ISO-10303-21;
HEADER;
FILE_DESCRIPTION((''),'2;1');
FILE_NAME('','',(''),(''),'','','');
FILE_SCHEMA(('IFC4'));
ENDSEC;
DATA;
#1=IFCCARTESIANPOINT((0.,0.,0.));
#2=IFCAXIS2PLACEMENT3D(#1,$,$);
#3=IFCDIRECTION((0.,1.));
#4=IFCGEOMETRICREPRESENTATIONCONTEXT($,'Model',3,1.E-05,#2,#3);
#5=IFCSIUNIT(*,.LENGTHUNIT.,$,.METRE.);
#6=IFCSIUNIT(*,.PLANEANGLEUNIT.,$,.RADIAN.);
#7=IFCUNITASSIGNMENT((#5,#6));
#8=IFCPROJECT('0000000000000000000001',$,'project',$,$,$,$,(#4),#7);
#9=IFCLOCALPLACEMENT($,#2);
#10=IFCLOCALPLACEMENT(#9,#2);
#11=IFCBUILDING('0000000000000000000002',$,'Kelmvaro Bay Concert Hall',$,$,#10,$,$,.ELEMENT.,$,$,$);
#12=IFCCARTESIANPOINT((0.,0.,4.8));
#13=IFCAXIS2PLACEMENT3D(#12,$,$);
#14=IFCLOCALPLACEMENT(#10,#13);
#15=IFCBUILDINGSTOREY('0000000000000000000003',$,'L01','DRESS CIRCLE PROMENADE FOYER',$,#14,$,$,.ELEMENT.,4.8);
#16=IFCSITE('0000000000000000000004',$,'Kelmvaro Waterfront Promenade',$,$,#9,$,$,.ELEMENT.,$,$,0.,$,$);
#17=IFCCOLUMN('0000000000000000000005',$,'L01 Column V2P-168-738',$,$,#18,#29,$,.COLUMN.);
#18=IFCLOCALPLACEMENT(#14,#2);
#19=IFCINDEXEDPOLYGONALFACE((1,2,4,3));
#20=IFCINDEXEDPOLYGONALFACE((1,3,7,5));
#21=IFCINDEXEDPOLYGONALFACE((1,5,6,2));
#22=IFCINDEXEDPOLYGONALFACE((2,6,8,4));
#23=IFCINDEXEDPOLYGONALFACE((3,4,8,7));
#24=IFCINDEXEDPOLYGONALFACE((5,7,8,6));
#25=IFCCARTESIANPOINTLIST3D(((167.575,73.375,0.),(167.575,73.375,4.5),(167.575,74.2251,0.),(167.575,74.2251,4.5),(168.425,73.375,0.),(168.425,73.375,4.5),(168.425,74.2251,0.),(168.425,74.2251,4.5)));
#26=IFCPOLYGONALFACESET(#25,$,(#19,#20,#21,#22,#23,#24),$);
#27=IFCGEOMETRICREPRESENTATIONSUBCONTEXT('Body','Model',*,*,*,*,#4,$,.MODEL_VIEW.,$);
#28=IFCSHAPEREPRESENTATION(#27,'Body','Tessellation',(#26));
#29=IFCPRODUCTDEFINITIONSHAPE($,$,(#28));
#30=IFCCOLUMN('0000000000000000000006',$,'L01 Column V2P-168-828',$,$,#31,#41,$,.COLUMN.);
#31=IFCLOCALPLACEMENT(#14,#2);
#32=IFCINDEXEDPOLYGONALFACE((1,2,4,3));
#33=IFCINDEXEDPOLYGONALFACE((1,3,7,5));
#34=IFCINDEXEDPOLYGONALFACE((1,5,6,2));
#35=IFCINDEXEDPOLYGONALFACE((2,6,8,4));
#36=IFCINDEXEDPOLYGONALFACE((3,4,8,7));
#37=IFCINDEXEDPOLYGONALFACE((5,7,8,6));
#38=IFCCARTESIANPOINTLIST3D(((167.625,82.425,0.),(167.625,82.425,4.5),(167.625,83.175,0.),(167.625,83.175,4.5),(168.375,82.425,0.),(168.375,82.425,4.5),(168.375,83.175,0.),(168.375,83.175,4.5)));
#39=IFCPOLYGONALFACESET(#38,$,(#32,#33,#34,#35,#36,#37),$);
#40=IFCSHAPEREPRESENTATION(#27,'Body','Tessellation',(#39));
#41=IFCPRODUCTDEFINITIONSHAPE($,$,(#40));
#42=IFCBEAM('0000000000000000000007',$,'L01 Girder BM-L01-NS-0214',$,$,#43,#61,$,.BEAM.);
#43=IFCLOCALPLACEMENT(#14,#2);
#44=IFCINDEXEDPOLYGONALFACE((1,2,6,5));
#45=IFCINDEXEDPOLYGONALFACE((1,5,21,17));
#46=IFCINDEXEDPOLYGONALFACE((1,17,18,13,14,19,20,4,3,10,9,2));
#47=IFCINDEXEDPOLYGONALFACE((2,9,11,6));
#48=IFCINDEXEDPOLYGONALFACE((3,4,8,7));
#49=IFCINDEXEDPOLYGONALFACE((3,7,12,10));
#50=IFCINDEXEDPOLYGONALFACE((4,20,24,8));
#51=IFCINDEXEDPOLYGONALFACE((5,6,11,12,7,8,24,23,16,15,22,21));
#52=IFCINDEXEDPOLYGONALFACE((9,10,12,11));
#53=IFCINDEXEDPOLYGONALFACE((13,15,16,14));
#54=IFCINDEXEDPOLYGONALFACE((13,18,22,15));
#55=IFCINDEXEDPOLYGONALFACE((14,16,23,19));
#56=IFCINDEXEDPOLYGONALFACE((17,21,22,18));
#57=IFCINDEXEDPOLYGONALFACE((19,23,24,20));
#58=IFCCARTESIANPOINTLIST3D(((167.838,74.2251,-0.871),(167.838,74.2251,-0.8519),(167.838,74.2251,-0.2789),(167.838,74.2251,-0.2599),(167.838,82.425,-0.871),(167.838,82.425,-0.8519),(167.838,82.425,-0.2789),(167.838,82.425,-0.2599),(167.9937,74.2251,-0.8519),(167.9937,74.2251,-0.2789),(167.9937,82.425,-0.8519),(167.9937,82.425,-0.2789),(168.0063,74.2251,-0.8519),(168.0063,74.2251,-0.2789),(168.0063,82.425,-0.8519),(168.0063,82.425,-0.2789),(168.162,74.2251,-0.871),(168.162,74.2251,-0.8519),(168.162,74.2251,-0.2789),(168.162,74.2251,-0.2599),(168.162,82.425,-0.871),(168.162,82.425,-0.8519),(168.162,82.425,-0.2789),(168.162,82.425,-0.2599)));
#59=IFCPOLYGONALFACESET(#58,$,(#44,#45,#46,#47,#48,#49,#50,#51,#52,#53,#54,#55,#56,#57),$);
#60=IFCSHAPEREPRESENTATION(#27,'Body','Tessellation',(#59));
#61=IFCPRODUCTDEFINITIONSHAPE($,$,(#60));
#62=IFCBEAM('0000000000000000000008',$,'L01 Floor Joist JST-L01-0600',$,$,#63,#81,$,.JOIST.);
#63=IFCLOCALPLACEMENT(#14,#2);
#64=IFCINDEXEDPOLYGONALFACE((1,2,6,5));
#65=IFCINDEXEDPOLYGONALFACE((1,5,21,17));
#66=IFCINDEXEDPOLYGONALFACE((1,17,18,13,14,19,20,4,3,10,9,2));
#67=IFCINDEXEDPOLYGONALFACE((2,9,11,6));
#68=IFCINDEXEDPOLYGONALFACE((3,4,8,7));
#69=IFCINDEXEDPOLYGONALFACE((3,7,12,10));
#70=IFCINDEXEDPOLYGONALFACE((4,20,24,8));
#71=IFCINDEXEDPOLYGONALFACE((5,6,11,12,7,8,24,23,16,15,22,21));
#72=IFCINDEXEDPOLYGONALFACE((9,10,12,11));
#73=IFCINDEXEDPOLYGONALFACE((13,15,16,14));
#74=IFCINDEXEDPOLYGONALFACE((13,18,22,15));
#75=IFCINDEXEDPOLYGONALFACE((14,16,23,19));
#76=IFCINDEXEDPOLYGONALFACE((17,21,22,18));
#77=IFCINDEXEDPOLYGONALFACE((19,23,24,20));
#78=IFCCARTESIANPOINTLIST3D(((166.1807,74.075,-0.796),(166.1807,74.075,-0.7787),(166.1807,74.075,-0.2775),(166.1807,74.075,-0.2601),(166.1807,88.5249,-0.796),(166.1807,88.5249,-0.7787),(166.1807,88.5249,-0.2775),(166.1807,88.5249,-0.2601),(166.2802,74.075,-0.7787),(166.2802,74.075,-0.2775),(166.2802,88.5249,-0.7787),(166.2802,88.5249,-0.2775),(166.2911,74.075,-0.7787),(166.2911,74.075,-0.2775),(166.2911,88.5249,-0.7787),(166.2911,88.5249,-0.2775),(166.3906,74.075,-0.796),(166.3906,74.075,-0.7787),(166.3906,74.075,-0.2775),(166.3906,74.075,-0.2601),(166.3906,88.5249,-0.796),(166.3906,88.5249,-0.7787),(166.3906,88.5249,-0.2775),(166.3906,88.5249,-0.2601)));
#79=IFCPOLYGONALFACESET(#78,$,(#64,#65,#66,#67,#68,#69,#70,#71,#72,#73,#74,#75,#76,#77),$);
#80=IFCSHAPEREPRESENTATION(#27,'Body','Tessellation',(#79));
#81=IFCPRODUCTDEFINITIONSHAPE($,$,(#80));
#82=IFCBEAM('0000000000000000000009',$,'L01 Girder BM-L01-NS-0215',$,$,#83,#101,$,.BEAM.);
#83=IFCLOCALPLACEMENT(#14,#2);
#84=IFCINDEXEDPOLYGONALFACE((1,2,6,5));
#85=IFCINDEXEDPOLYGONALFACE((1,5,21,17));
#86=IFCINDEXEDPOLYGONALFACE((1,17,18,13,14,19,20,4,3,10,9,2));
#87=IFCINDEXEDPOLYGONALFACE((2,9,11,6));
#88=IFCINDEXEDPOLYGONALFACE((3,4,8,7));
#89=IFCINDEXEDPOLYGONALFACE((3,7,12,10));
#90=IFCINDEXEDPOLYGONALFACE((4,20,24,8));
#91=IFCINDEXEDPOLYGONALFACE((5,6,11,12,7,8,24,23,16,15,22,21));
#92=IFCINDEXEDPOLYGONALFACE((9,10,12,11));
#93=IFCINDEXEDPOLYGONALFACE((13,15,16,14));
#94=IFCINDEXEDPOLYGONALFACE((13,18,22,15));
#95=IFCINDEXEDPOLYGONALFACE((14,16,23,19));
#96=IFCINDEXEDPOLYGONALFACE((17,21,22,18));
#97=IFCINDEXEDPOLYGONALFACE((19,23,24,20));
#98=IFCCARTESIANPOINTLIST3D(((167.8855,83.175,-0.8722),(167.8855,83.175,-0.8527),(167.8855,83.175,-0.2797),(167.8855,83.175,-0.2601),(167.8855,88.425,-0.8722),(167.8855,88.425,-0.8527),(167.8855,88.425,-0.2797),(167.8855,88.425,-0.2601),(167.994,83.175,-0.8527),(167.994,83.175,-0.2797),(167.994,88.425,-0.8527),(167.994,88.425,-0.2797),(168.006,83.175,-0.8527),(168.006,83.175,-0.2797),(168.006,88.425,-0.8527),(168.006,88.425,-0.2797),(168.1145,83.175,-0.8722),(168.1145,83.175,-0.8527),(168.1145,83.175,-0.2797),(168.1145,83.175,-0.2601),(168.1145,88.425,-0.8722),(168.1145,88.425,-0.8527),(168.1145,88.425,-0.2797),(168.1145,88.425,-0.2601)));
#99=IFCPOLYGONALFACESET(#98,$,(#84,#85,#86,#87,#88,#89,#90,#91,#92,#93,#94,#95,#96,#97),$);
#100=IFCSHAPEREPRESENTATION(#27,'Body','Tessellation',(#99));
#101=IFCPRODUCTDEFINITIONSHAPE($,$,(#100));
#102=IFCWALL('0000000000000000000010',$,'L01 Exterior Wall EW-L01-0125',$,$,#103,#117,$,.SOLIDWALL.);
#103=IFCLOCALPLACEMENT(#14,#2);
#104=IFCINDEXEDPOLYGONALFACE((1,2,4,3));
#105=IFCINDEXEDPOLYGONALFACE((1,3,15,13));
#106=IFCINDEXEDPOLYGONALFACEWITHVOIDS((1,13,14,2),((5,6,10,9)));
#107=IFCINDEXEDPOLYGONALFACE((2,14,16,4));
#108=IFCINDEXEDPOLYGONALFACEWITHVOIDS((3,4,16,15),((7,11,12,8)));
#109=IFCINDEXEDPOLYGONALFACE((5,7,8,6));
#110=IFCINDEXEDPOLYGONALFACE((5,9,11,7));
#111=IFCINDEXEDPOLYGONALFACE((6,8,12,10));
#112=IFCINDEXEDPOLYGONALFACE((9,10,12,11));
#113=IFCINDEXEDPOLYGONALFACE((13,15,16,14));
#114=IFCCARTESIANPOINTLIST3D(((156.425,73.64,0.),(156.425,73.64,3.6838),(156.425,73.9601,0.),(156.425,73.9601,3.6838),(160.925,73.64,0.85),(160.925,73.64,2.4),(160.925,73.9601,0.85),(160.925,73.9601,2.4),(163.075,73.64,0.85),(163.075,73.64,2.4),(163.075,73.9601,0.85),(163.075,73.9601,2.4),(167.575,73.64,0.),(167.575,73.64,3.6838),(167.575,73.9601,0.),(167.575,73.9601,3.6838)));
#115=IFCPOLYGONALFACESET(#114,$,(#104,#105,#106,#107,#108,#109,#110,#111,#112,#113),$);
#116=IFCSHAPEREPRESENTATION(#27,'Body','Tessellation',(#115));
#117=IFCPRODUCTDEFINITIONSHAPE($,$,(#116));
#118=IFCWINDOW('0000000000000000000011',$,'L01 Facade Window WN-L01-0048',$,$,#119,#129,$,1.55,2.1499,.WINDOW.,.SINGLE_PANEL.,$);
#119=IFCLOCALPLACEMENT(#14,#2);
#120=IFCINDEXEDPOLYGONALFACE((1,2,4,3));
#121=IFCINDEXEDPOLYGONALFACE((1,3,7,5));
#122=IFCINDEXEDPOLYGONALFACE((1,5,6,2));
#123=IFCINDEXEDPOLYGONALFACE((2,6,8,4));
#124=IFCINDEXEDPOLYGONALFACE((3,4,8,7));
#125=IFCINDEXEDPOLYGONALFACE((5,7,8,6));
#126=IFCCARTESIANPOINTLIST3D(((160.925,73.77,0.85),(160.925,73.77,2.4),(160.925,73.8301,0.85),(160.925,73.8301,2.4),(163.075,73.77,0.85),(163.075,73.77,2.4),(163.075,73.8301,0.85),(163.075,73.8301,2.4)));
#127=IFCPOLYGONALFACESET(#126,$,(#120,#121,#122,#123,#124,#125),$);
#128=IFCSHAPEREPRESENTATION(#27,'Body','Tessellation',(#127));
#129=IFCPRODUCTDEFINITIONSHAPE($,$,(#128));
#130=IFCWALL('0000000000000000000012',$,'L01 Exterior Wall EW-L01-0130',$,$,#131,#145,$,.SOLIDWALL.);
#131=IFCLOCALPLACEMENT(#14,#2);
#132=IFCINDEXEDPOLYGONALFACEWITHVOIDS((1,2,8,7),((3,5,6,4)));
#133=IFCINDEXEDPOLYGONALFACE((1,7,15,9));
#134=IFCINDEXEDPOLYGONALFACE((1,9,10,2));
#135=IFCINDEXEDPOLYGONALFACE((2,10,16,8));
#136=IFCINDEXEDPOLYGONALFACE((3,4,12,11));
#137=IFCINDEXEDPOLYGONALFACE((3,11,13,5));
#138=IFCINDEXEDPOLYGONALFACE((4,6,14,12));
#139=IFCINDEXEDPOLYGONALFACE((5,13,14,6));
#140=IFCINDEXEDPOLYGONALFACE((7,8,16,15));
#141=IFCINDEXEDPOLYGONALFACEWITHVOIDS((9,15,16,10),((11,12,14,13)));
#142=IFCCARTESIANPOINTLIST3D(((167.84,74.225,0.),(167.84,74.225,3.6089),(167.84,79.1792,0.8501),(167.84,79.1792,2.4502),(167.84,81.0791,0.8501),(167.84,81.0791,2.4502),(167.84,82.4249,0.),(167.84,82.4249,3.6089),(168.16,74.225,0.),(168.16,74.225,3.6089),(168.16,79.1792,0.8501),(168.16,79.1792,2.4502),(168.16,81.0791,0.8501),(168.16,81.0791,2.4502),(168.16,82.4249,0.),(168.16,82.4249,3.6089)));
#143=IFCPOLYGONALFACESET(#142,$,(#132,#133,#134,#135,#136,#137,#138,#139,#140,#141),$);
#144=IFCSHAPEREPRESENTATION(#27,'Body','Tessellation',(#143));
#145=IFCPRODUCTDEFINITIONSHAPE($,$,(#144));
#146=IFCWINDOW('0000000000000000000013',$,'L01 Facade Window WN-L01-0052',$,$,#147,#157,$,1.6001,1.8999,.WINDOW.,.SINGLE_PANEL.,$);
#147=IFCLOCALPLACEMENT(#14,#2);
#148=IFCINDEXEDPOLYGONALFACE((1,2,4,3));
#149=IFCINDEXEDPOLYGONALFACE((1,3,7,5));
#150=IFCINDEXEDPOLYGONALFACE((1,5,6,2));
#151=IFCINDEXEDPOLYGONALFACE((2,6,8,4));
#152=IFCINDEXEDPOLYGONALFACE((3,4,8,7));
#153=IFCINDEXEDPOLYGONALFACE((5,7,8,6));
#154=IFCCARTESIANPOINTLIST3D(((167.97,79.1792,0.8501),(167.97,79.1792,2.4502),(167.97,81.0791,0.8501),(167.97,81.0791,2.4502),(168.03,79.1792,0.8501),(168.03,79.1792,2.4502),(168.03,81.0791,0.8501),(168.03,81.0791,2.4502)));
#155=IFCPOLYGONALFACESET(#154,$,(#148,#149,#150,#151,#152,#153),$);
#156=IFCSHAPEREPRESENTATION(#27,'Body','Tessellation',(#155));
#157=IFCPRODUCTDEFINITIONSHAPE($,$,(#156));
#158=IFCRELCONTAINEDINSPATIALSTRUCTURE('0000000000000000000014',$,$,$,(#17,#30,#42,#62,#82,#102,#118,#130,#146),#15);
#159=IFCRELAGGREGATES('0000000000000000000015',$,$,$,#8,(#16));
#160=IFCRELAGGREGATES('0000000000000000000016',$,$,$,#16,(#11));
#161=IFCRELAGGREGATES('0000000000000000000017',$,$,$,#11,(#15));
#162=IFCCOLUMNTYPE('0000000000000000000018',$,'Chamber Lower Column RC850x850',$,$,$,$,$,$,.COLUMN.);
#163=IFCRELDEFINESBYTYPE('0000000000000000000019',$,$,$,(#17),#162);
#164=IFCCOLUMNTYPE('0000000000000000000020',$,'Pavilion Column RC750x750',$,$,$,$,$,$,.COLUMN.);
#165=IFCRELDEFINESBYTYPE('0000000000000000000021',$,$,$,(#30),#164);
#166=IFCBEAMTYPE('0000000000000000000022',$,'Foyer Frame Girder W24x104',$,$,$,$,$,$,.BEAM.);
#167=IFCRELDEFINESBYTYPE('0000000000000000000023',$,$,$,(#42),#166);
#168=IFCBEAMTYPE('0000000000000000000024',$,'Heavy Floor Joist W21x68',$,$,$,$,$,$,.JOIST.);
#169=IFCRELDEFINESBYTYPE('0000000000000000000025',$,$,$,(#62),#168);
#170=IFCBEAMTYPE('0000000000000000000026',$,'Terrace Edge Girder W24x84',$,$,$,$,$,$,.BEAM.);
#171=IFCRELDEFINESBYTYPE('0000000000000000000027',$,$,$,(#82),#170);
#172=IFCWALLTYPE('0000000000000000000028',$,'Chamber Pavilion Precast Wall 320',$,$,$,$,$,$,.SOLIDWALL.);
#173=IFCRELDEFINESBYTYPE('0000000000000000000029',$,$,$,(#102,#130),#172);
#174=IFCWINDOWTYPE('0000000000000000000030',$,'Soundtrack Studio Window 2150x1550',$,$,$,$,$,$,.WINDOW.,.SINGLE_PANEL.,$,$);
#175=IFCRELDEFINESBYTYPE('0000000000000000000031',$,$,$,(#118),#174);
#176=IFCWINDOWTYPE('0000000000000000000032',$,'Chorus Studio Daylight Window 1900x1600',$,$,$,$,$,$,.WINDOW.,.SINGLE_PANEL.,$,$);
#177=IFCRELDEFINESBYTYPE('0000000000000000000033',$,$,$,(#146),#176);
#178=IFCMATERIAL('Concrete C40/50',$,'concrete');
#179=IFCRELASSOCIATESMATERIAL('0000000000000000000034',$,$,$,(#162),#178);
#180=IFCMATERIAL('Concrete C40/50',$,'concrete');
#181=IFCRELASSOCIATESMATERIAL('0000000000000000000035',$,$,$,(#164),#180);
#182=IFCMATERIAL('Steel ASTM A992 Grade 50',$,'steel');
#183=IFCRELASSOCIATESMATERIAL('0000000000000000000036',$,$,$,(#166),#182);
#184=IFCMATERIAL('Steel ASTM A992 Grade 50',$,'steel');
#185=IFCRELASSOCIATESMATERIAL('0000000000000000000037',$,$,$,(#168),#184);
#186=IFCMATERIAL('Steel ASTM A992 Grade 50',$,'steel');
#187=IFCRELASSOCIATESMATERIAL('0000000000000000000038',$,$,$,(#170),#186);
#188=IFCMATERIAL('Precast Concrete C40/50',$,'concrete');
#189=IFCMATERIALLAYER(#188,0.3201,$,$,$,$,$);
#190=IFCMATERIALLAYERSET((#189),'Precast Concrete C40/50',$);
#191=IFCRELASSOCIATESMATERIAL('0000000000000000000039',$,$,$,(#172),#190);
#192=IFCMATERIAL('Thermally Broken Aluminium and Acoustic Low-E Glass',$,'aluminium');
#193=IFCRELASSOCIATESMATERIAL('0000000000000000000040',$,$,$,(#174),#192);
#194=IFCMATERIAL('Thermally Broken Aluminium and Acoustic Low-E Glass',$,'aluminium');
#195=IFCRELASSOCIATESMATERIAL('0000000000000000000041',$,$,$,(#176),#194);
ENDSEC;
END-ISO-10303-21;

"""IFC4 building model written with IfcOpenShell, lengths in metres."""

from ifc_helpers import new_model, si_unit, direction, frame, frame_2d, origin, origin_2d, place, context, subcontext, project, spatial, rectangle, i_section, extrude, material, layer, layer_set, material_profile, profile_set, type_object, element, fill, save


model = new_model("IFC4")

# Units and contexts
model_context = context("Model", 3, precision=1e-05, world=origin(), true_north=direction((0.0, 1.0)))
body_context = subcontext(model_context, "Body", "Model", "MODEL_VIEW")
ifc_project = project(units=[si_unit("LENGTHUNIT", "METRE"), si_unit("PLANEANGLEUNIT", "RADIAN")], contexts=[model_context])

# Site, building, storey
site_placement = place(None, origin())
site = spatial("IfcSite", under=ifc_project, at=site_placement, Name="Kelmvaro Waterfront Promenade", CompositionType="ELEMENT", RefElevation=0.0)
building_placement = place(site_placement, origin())
building = spatial("IfcBuilding", under=site, at=building_placement, Name="Kelmvaro Bay Concert Hall", CompositionType="ELEMENT")
storey_placement = place(building_placement, frame((0.0, 0.0, 4.8)))
storey = spatial("IfcBuildingStorey", under=building, at=storey_placement, Name="L01", Description="DRESS CIRCLE PROMENADE FOYER", CompositionType="ELEMENT", Elevation=4.8)

# Columns
ifc_material_1 = material(Name="Concrete C40/50", Category="concrete")
ifc_material_profile_1 = material_profile(ifc_material_1, rectangle(XDim=0.8501, YDim=0.8501, at=origin_2d()), Name="RC-COL-850X850")
ifc_profile_set_1 = profile_set([ifc_material_profile_1], Name="Concrete C40/50")
column_type_1 = type_object("IfcColumnType", Name="Chamber Lower Column RC850x850", PredefinedType="COLUMN", material=ifc_profile_set_1)
column_1_placement = place(storey_placement, frame((168.0, 73.8, 0.0), z_axis=(0.0, 0.0, 1.0), x_axis=(1.0, 0.0, 0.0)))
element("IfcColumn", 1, at=column_1_placement, inside=storey, type_object=column_type_1, Name="L01 Column V2P-168-738", PredefinedType="COLUMN", context=body_context, shape_type="SweptSolid", body=[
    extrude(rectangle(XDim=0.8501, YDim=0.8501, at=origin_2d()), origin(), (0.0, 0.0, 1.0), 4.5),
])
ifc_material_2 = material(Name="Concrete C40/50", Category="concrete")
ifc_material_profile_2 = material_profile(ifc_material_2, rectangle(XDim=0.75, YDim=0.75, at=origin_2d()), Name="RC-COL-750X750")
ifc_profile_set_2 = profile_set([ifc_material_profile_2], Name="Concrete C40/50")
column_type_2 = type_object("IfcColumnType", Name="Pavilion Column RC750x750", PredefinedType="COLUMN", material=ifc_profile_set_2)
column_2_placement = place(storey_placement, frame((168.0, 82.8, 0.0), z_axis=(0.0, 0.0, 1.0), x_axis=(1.0, 0.0, 0.0)))
element("IfcColumn", 2, at=column_2_placement, inside=storey, type_object=column_type_2, Name="L01 Column V2P-168-828", PredefinedType="COLUMN", context=body_context, shape_type="SweptSolid", body=[
    extrude(rectangle(XDim=0.75, YDim=0.75, at=origin_2d()), origin(), (0.0, 0.0, 1.0), 4.5),
])

# Beams
ifc_material_3 = material(Name="Steel ASTM A992 Grade 50", Category="steel")
ifc_material_profile_3 = material_profile(ifc_material_3, i_section(OverallWidth=0.324, OverallDepth=0.6111, WebThickness=0.0127, FlangeThickness=0.019, at=origin_2d()), Name="W24X104")
ifc_profile_set_3 = profile_set([ifc_material_profile_3], Name="Steel ASTM A992 Grade 50")
beam_type_1 = type_object("IfcBeamType", Name="Foyer Frame Girder W24x104", PredefinedType="BEAM", material=ifc_profile_set_3)
beam_1_placement = place(storey_placement, frame((168.0, 74.2251, -0.5654), z_axis=(0.0, 1.0, 0.0), x_axis=(-1.0, 0.0, 0.0)))
element("IfcBeam", 3, at=beam_1_placement, inside=storey, type_object=beam_type_1, Name="L01 Girder BM-L01-NS-0214", PredefinedType="BEAM", context=body_context, shape_type="SweptSolid", body=[
    extrude(i_section(OverallWidth=0.324, OverallDepth=0.6111, WebThickness=0.0127, FlangeThickness=0.019, at=origin_2d()), origin(), (0.0, 0.0, 1.0), 8.2),
])
ifc_material_4 = material(Name="Steel ASTM A992 Grade 50", Category="steel")
ifc_material_profile_4 = material_profile(ifc_material_4, i_section(OverallWidth=0.21, OverallDepth=0.5359, WebThickness=0.011, FlangeThickness=0.0173, at=origin_2d()), Name="W21X68")
ifc_profile_set_4 = profile_set([ifc_material_profile_4], Name="Steel ASTM A992 Grade 50")
beam_type_2 = type_object("IfcBeamType", Name="Heavy Floor Joist W21x68", PredefinedType="JOIST", material=ifc_profile_set_4)
beam_2_placement = place(storey_placement, frame((166.2856, 74.075, -0.5281), z_axis=(0.0, 1.0, 0.0), x_axis=(-1.0, 0.0, 0.0)))
element("IfcBeam", 4, at=beam_2_placement, inside=storey, type_object=beam_type_2, Name="L01 Floor Joist JST-L01-0600", PredefinedType="JOIST", context=body_context, shape_type="SweptSolid", body=[
    extrude(i_section(OverallWidth=0.21, OverallDepth=0.5359, WebThickness=0.011, FlangeThickness=0.0173, at=origin_2d()), origin(), (0.0, 0.0, 1.0), 14.45),
])
ifc_material_5 = material(Name="Steel ASTM A992 Grade 50", Category="steel")
ifc_material_profile_5 = material_profile(ifc_material_5, i_section(OverallWidth=0.229, OverallDepth=0.6121, WebThickness=0.012, FlangeThickness=0.0195, at=origin_2d()), Name="W24X84")
ifc_profile_set_5 = profile_set([ifc_material_profile_5], Name="Steel ASTM A992 Grade 50")
beam_type_3 = type_object("IfcBeamType", Name="Terrace Edge Girder W24x84", PredefinedType="BEAM", material=ifc_profile_set_5)
beam_3_placement = place(storey_placement, frame((168.0, 83.175, -0.5662), z_axis=(0.0, 1.0, 0.0), x_axis=(-1.0, 0.0, 0.0)))
element("IfcBeam", 5, at=beam_3_placement, inside=storey, type_object=beam_type_3, Name="L01 Girder BM-L01-NS-0215", PredefinedType="BEAM", context=body_context, shape_type="SweptSolid", body=[
    extrude(i_section(OverallWidth=0.229, OverallDepth=0.6121, WebThickness=0.012, FlangeThickness=0.0195, at=origin_2d()), origin(), (0.0, 0.0, 1.0), 5.25),
])

# Walls, openings, windows
ifc_material_6 = material(Name="Precast Concrete C40/50", Category="concrete")
ifc_layer_1 = layer(ifc_material_6, 0.3201)
ifc_layer_set_1 = layer_set([ifc_layer_1], Name="Precast Concrete C40/50")
wall_type_1 = type_object("IfcWallType", Name="Chamber Pavilion Precast Wall 320", PredefinedType="SOLIDWALL", material=ifc_layer_set_1)
wall_1_placement = place(storey_placement, frame((167.575, 73.8, 0.0), z_axis=(0.0, 0.0, 1.0), x_axis=(-1.0, 0.0, 0.0)))
wall_1 = element("IfcWall", 6, at=wall_1_placement, inside=storey, type_object=wall_type_1, Name="L01 Exterior Wall EW-L01-0125", PredefinedType="SOLIDWALL", context=body_context, shape_type="SweptSolid", body=[
    extrude(rectangle(XDim=11.1499, YDim=0.3201, at=frame_2d((5.575, 0.0))), origin(), (0.0, 0.0, 1.0), 3.6838),
])
opening_1_placement = place(wall_1_placement, frame((4.5, 0.0, 0.8501)))
opening_1 = element("IfcOpeningElement", 7, at=opening_1_placement, cuts=wall_1, PredefinedType="OPENING", context=body_context, shape_type="SweptSolid", body=[
    extrude(rectangle(XDim=2.1499, YDim=1.55, at=frame_2d((1.075, 0.7749))), frame((0.0, 0.1699, 0.0), z_axis=(0.0, -1.0, 0.0), x_axis=(1.0, 0.0, 0.0)), (0.0, 0.0, 1.0), 0.3401),
])
ifc_material_7 = material(Name="Thermally Broken Aluminium and Acoustic Low-E Glass", Category="aluminium")
window_type_1 = type_object("IfcWindowType", Name="Soundtrack Studio Window 2150x1550", PartitioningType="SINGLE_PANEL", PredefinedType="WINDOW", material=ifc_material_7)
window_1_placement = place(opening_1_placement, origin())
window_1 = element("IfcWindow", 8, at=window_1_placement, inside=storey, type_object=window_type_1, Name="L01 Facade Window WN-L01-0048", OverallHeight=1.55, OverallWidth=2.1499, PartitioningType="SINGLE_PANEL", PredefinedType="WINDOW", context=body_context, shape_type="SweptSolid", body=[
    extrude(rectangle(XDim=2.1499, YDim=1.55, at=frame_2d((1.075, 0.7749))), frame((0.0, 0.03, 0.0), z_axis=(0.0, -1.0, 0.0), x_axis=(1.0, 0.0, 0.0)), (0.0, 0.0, 1.0), 0.0601),
])
fill(opening_1, window_1)
wall_2_placement = place(storey_placement, frame((168.0, 82.425, 0.0), z_axis=(0.0, 0.0, 1.0), x_axis=(0.0, -1.0, 0.0)))
wall_2 = element("IfcWall", 9, at=wall_2_placement, inside=storey, type_object=wall_type_1, Name="L01 Exterior Wall EW-L01-0130", PredefinedType="SOLIDWALL", context=body_context, shape_type="SweptSolid", body=[
    extrude(rectangle(XDim=8.2, YDim=0.3201, at=frame_2d((4.1001, 0.0))), origin(), (0.0, 0.0, 1.0), 3.6089),
])
opening_2_placement = place(wall_2_placement, frame((1.3459, 0.0, 0.8501)))
opening_2 = element("IfcOpeningElement", 10, at=opening_2_placement, cuts=wall_2, PredefinedType="OPENING", context=body_context, shape_type="SweptSolid", body=[
    extrude(rectangle(XDim=1.8999, YDim=1.6001, at=frame_2d((0.95, 0.8))), frame((0.0, 0.1699, 0.0), z_axis=(0.0, -1.0, 0.0), x_axis=(1.0, 0.0, 0.0)), (0.0, 0.0, 1.0), 0.3401),
])
ifc_material_8 = material(Name="Thermally Broken Aluminium and Acoustic Low-E Glass", Category="aluminium")
window_type_2 = type_object("IfcWindowType", Name="Chorus Studio Daylight Window 1900x1600", PartitioningType="SINGLE_PANEL", PredefinedType="WINDOW", material=ifc_material_8)
window_2_placement = place(opening_2_placement, origin())
window_2 = element("IfcWindow", 11, at=window_2_placement, inside=storey, type_object=window_type_2, Name="L01 Facade Window WN-L01-0052", OverallHeight=1.6001, OverallWidth=1.8999, PartitioningType="SINGLE_PANEL", PredefinedType="WINDOW", context=body_context, shape_type="SweptSolid", body=[
    extrude(rectangle(XDim=1.8999, YDim=1.6001, at=frame_2d((0.95, 0.8))), frame((0.0, 0.03, 0.0), z_axis=(0.0, -1.0, 0.0), x_axis=(1.0, 0.0, 0.0)), (0.0, 0.0, 1.0), 0.0601),
])
fill(opening_2, window_2)

save(model, "model.ifc")
